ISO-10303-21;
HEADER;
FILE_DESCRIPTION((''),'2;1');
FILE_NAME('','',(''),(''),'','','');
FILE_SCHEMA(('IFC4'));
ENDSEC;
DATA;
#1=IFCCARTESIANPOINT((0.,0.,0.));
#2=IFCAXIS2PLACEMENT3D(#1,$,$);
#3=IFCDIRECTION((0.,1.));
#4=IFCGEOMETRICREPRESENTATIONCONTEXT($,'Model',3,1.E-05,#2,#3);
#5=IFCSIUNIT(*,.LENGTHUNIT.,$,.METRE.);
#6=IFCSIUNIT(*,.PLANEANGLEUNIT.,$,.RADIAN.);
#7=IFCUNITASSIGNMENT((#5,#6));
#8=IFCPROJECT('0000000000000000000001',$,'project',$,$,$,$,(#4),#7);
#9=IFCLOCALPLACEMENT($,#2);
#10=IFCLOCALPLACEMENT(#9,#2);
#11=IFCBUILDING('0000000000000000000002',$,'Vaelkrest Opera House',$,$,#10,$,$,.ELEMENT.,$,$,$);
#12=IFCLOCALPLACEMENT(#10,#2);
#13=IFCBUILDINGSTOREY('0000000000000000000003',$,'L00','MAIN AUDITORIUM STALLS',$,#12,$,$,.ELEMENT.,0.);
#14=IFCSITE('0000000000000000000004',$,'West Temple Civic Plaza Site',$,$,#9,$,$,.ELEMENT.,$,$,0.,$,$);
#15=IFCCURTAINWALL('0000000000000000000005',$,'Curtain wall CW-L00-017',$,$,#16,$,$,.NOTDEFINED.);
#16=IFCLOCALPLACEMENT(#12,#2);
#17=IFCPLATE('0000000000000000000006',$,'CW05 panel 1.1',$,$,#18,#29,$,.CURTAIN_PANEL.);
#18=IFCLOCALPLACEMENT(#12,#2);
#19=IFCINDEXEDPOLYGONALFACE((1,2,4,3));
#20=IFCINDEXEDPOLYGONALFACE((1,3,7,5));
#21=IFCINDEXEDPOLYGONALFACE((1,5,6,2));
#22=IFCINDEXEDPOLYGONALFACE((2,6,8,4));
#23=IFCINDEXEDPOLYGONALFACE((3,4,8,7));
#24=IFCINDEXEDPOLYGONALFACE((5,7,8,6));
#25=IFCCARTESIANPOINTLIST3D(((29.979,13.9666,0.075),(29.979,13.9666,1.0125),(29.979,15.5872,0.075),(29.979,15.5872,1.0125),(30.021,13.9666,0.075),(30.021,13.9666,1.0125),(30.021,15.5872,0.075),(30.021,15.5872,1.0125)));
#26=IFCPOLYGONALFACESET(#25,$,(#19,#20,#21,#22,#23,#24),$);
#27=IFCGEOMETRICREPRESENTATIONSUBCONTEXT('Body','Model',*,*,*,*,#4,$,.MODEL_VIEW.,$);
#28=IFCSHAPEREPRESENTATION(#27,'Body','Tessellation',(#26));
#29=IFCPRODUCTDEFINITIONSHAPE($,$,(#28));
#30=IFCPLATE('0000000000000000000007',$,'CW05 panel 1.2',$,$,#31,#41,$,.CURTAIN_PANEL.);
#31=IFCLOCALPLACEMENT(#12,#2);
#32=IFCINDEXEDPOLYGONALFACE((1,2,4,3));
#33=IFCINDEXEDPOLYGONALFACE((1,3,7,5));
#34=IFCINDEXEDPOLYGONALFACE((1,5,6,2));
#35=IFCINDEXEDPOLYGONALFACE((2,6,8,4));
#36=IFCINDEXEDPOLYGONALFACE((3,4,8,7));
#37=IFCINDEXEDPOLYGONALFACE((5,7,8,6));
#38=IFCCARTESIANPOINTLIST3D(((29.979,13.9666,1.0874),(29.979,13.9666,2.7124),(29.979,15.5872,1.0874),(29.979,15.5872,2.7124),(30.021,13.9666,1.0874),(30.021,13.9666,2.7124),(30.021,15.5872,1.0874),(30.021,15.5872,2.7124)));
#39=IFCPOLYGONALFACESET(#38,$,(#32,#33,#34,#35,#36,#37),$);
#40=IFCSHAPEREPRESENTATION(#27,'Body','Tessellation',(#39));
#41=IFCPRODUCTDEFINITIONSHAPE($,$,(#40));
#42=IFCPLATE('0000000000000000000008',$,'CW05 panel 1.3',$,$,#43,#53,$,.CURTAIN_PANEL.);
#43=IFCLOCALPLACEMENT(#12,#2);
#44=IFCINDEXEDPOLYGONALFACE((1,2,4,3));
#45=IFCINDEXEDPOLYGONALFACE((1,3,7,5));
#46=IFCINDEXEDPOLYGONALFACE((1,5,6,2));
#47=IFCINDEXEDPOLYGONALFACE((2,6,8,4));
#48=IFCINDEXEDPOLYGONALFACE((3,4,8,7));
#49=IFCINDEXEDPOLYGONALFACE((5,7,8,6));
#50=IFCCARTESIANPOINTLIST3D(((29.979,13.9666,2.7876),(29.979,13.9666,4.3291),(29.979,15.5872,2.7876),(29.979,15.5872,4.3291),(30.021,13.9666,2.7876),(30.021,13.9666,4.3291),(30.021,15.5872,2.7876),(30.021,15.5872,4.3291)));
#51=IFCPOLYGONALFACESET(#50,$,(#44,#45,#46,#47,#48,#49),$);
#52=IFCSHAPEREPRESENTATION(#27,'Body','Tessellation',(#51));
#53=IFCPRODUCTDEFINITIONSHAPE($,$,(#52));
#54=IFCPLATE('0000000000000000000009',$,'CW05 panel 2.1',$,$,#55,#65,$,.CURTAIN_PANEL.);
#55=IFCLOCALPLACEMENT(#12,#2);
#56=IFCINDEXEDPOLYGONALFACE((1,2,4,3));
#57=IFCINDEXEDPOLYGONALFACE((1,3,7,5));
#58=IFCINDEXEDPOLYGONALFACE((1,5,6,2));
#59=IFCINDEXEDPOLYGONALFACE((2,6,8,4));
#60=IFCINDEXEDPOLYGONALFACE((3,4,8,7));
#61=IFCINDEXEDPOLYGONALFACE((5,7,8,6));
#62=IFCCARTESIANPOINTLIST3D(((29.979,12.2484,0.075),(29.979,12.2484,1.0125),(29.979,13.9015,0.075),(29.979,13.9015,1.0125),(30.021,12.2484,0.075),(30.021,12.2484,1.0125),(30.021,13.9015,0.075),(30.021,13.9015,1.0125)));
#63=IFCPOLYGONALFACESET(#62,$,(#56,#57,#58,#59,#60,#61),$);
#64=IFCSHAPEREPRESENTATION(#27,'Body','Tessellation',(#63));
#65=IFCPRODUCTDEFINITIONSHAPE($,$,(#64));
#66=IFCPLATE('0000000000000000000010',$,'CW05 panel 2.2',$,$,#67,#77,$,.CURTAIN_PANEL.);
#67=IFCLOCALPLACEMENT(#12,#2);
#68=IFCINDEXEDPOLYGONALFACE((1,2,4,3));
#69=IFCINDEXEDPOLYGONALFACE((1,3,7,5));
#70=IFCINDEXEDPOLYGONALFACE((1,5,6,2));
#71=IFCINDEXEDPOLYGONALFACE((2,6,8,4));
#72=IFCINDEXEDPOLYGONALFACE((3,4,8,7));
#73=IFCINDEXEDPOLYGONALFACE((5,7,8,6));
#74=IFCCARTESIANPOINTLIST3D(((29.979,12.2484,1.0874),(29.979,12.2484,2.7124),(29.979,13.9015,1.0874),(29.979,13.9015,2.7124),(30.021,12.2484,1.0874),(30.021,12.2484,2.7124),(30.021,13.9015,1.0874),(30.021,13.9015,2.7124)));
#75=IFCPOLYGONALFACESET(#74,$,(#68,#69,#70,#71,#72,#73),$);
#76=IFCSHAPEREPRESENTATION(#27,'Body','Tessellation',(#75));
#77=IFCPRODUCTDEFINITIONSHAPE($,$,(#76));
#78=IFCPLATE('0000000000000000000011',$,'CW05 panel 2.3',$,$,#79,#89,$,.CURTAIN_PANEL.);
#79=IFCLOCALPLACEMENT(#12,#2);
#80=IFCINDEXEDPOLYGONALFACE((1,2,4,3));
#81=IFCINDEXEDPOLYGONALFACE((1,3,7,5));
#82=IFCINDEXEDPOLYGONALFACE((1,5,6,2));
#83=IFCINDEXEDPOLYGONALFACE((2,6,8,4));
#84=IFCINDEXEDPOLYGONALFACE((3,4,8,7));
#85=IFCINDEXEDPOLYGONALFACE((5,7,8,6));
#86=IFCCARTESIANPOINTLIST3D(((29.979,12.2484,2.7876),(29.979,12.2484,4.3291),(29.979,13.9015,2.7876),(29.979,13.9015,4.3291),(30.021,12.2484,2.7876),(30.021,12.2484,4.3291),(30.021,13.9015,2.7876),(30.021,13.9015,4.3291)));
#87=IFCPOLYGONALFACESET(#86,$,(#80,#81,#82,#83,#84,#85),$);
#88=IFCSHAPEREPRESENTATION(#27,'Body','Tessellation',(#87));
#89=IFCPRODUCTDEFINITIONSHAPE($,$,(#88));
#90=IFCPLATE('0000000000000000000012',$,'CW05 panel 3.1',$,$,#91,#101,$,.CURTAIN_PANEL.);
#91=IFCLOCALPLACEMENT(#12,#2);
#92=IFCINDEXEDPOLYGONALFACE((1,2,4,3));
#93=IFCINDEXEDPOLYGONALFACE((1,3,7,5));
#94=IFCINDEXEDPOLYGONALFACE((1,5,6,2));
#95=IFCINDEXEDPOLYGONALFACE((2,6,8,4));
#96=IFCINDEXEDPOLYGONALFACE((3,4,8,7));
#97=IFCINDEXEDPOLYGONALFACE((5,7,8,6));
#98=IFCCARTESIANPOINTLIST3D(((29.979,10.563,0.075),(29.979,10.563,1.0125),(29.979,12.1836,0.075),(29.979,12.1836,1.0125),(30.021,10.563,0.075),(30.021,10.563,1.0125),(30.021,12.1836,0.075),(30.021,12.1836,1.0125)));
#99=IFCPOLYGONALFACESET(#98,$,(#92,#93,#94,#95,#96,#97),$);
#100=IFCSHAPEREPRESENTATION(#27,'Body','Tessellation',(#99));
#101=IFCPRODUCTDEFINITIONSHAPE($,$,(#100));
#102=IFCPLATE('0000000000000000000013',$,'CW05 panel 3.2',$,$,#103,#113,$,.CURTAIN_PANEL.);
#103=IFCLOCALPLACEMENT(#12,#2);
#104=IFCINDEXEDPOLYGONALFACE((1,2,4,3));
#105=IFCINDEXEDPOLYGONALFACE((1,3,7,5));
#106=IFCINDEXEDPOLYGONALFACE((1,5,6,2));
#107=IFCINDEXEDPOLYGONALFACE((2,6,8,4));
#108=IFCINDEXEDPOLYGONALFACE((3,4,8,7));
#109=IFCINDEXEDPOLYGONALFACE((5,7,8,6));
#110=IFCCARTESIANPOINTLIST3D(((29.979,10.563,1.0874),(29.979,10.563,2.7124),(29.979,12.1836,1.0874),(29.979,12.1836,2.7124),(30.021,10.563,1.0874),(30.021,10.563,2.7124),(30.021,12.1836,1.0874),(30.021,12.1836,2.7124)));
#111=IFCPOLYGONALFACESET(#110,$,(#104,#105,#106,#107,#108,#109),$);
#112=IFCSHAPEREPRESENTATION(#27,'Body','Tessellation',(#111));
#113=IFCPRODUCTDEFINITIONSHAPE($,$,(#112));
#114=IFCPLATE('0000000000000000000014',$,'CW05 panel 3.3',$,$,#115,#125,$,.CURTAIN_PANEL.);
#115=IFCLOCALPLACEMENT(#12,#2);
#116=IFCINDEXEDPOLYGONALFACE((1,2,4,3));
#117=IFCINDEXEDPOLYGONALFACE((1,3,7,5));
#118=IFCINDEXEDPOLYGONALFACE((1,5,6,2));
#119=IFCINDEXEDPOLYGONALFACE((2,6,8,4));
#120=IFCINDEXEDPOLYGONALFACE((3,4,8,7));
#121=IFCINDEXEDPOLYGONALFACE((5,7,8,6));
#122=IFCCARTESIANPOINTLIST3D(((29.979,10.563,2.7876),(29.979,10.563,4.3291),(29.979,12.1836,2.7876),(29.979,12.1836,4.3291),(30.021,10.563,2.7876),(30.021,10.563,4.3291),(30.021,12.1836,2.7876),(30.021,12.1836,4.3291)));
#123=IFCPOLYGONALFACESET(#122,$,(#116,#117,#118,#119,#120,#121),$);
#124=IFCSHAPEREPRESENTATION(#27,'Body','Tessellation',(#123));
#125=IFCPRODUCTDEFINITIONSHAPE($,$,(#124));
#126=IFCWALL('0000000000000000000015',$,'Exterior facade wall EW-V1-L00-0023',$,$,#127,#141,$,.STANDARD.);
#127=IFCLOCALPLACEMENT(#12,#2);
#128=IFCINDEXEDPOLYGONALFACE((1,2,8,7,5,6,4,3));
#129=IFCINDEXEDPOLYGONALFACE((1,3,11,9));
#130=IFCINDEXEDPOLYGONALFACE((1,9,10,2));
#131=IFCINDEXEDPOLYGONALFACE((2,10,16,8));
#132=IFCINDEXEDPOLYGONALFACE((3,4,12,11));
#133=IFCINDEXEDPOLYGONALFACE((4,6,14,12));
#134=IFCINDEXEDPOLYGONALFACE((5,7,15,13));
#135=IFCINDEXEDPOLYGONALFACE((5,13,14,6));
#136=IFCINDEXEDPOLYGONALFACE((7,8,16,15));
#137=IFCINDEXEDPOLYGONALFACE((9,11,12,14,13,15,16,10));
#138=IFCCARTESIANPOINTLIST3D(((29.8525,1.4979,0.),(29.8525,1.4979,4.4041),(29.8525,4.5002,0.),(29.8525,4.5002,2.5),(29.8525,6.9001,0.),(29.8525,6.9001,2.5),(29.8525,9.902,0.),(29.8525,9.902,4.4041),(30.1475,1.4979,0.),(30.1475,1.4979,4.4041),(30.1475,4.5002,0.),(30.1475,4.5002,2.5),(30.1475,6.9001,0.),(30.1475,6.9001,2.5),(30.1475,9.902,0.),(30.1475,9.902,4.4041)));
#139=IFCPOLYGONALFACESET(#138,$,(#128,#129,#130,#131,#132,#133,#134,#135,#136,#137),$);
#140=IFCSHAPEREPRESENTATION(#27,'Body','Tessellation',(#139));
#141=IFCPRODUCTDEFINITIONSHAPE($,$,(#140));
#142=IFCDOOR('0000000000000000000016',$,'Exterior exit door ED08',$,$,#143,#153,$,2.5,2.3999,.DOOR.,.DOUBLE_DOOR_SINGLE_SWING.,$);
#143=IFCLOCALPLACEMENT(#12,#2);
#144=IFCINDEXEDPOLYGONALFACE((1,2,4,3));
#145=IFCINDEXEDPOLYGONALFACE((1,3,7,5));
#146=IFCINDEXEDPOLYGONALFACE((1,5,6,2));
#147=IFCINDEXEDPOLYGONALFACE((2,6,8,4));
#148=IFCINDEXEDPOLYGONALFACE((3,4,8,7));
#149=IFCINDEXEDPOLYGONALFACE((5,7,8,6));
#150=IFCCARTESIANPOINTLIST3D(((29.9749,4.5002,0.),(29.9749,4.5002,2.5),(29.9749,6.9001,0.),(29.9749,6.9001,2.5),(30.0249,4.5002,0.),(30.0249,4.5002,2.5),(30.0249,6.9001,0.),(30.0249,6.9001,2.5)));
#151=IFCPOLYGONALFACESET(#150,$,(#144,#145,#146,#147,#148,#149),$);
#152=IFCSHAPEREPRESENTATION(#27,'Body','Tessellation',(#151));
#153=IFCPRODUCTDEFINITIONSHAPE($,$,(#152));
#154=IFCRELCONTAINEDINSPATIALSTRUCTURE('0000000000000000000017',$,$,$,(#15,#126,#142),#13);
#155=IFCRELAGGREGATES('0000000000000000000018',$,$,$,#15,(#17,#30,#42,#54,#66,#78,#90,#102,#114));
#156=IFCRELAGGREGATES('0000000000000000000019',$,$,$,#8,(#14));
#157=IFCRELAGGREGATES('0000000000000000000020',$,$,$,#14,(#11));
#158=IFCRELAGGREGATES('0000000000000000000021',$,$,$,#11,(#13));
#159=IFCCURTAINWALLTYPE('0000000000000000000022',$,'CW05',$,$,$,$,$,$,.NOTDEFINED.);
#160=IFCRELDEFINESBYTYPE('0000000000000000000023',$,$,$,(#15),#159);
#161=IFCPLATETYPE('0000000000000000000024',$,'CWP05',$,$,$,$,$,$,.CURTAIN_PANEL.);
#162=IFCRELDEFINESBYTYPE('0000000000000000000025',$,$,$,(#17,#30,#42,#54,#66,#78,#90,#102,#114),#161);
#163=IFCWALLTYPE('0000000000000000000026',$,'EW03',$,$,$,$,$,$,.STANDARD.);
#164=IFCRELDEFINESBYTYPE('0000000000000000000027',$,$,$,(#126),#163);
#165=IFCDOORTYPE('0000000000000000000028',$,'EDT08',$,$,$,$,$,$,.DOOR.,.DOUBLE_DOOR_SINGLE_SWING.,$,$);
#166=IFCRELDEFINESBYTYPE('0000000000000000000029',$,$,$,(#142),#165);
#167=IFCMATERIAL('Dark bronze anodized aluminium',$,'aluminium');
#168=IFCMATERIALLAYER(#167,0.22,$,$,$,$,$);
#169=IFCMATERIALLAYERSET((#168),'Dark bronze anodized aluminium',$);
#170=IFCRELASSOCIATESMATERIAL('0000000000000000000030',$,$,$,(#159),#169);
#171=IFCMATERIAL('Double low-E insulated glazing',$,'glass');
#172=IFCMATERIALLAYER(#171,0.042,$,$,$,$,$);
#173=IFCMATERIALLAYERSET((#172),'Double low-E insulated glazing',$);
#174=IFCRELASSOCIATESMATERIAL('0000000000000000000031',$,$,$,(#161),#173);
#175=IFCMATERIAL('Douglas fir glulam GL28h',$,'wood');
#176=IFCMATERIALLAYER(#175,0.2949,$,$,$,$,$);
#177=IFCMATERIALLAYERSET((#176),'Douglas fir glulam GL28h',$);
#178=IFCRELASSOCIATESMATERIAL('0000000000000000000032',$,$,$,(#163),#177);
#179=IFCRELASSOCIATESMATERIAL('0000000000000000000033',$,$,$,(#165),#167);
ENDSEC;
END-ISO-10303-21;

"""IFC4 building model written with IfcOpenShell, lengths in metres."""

from ifc_helpers import new_model, si_unit, direction, frame, frame_2d, origin, origin_2d, place, context, subcontext, project, spatial, rectangle, extrude, material, layer, layer_set, type_object, element, fill, aggregate, save


model = new_model("IFC4")

# Units and contexts
model_context = context("Model", 3, precision=1e-05, world=origin(), true_north=direction((0.0, 1.0)))
body_context = subcontext(model_context, "Body", "Model", "MODEL_VIEW")
ifc_project = project(units=[si_unit("LENGTHUNIT", "METRE"), si_unit("PLANEANGLEUNIT", "RADIAN")], contexts=[model_context])

# Site, building, storey
site_placement = place(None, origin())
site = spatial("IfcSite", under=ifc_project, at=site_placement, Name="West Temple Civic Plaza Site", CompositionType="ELEMENT", RefElevation=0.0)
building_placement = place(site_placement, origin())
building = spatial("IfcBuilding", under=site, at=building_placement, Name="Vaelkrest Opera House", CompositionType="ELEMENT")
storey_placement = place(building_placement, origin())
storey = spatial("IfcBuildingStorey", under=building, at=storey_placement, Name="L00", Description="MAIN AUDITORIUM STALLS", CompositionType="ELEMENT", Elevation=0.0)

# Curtain wall
ifc_material_1 = material(Name="Dark bronze anodized aluminium", Category="aluminium")
ifc_layer_1 = layer(ifc_material_1, 0.22)
ifc_layer_set_1 = layer_set([ifc_layer_1], Name="Dark bronze anodized aluminium")
curtain_wall_type = type_object("IfcCurtainWallType", Name="CW05", PredefinedType="NOTDEFINED", material=ifc_layer_set_1)
curtain_wall_placement = place(storey_placement, origin())
curtain_wall = element("IfcCurtainWall", 1, at=curtain_wall_placement, inside=storey, type_object=curtain_wall_type, Name="Curtain wall CW-L00-017", PredefinedType="NOTDEFINED")

# Plates
ifc_material_2 = material(Name="Double low-E insulated glazing", Category="glass")
ifc_layer_2 = layer(ifc_material_2, 0.042)
ifc_layer_set_2 = layer_set([ifc_layer_2], Name="Double low-E insulated glazing")
plate_type = type_object("IfcPlateType", Name="CWP05", PredefinedType="CURTAIN_PANEL", material=ifc_layer_set_2)
plate_1_placement = place(storey_placement, frame((30.0, 14.7769, 0.075), z_axis=(0.0, 0.0, 1.0), x_axis=(0.0, -1.0, 0.0)))
plate_1 = element("IfcPlate", 2, at=plate_1_placement, type_object=plate_type, Name="CW05 panel 1.1", PredefinedType="CURTAIN_PANEL", context=body_context, shape_type="SweptSolid", body=[
    extrude(rectangle(XDim=1.6206, YDim=0.042, at=origin_2d()), origin(), (0.0, 0.0, 1.0), 0.9375),
])
plate_2_placement = place(storey_placement, frame((30.0, 14.7769, 1.0874), z_axis=(0.0, 0.0, 1.0), x_axis=(0.0, -1.0, 0.0)))
plate_2 = element("IfcPlate", 3, at=plate_2_placement, type_object=plate_type, Name="CW05 panel 1.2", PredefinedType="CURTAIN_PANEL", context=body_context, shape_type="SweptSolid", body=[
    extrude(rectangle(XDim=1.6206, YDim=0.042, at=origin_2d()), origin(), (0.0, 0.0, 1.0), 1.625),
])
plate_3_placement = place(storey_placement, frame((30.0, 14.7769, 2.7876), z_axis=(0.0, 0.0, 1.0), x_axis=(0.0, -1.0, 0.0)))
plate_3 = element("IfcPlate", 4, at=plate_3_placement, type_object=plate_type, Name="CW05 panel 1.3", PredefinedType="CURTAIN_PANEL", context=body_context, shape_type="SweptSolid", body=[
    extrude(rectangle(XDim=1.6206, YDim=0.042, at=origin_2d()), origin(), (0.0, 0.0, 1.0), 1.5415),
])
plate_4_placement = place(storey_placement, frame((30.0, 13.075, 0.075), z_axis=(0.0, 0.0, 1.0), x_axis=(0.0, -1.0, 0.0)))
plate_4 = element("IfcPlate", 5, at=plate_4_placement, type_object=plate_type, Name="CW05 panel 2.1", PredefinedType="CURTAIN_PANEL", context=body_context, shape_type="SweptSolid", body=[
    extrude(rectangle(XDim=1.6531, YDim=0.042, at=origin_2d()), origin(), (0.0, 0.0, 1.0), 0.9375),
])
plate_5_placement = place(storey_placement, frame((30.0, 13.075, 1.0874), z_axis=(0.0, 0.0, 1.0), x_axis=(0.0, -1.0, 0.0)))
plate_5 = element("IfcPlate", 6, at=plate_5_placement, type_object=plate_type, Name="CW05 panel 2.2", PredefinedType="CURTAIN_PANEL", context=body_context, shape_type="SweptSolid", body=[
    extrude(rectangle(XDim=1.6531, YDim=0.042, at=origin_2d()), origin(), (0.0, 0.0, 1.0), 1.625),
])
plate_6_placement = place(storey_placement, frame((30.0, 13.075, 2.7876), z_axis=(0.0, 0.0, 1.0), x_axis=(0.0, -1.0, 0.0)))
plate_6 = element("IfcPlate", 7, at=plate_6_placement, type_object=plate_type, Name="CW05 panel 2.3", PredefinedType="CURTAIN_PANEL", context=body_context, shape_type="SweptSolid", body=[
    extrude(rectangle(XDim=1.6531, YDim=0.042, at=origin_2d()), origin(), (0.0, 0.0, 1.0), 1.5415),
])
plate_7_placement = place(storey_placement, frame((30.0, 11.3733, 0.075), z_axis=(0.0, 0.0, 1.0), x_axis=(0.0, -1.0, 0.0)))
plate_7 = element("IfcPlate", 8, at=plate_7_placement, type_object=plate_type, Name="CW05 panel 3.1", PredefinedType="CURTAIN_PANEL", context=body_context, shape_type="SweptSolid", body=[
    extrude(rectangle(XDim=1.6206, YDim=0.042, at=origin_2d()), origin(), (0.0, 0.0, 1.0), 0.9375),
])
plate_8_placement = place(storey_placement, frame((30.0, 11.3733, 1.0874), z_axis=(0.0, 0.0, 1.0), x_axis=(0.0, -1.0, 0.0)))
plate_8 = element("IfcPlate", 9, at=plate_8_placement, type_object=plate_type, Name="CW05 panel 3.2", PredefinedType="CURTAIN_PANEL", context=body_context, shape_type="SweptSolid", body=[
    extrude(rectangle(XDim=1.6206, YDim=0.042, at=origin_2d()), origin(), (0.0, 0.0, 1.0), 1.625),
])
plate_9_placement = place(storey_placement, frame((30.0, 11.3733, 2.7876), z_axis=(0.0, 0.0, 1.0), x_axis=(0.0, -1.0, 0.0)))
plate_9 = element("IfcPlate", 10, at=plate_9_placement, type_object=plate_type, Name="CW05 panel 3.3", PredefinedType="CURTAIN_PANEL", context=body_context, shape_type="SweptSolid", body=[
    extrude(rectangle(XDim=1.6206, YDim=0.042, at=origin_2d()), origin(), (0.0, 0.0, 1.0), 1.5415),
])
aggregate(curtain_wall, [plate_1, plate_2, plate_3, plate_4, plate_5, plate_6, plate_7, plate_8, plate_9])

# Wall, opening, door
ifc_material_3 = material(Name="Douglas fir glulam GL28h", Category="wood")
ifc_layer_3 = layer(ifc_material_3, 0.2949)
ifc_layer_set_3 = layer_set([ifc_layer_3], Name="Douglas fir glulam GL28h")
wall_type_1 = type_object("IfcWallType", Name="EW03", PredefinedType="STANDARD", material=ifc_layer_set_3)
wall_1_placement = place(storey_placement, frame((30.0, 9.9021, 0.0), z_axis=(0.0, 0.0, 1.0), x_axis=(0.0, -1.0, 0.0)))
wall_1 = element("IfcWall", 11, at=wall_1_placement, inside=storey, type_object=wall_type_1, Name="Exterior facade wall EW-V1-L00-0023", PredefinedType="STANDARD", context=body_context, shape_type="SweptSolid", body=[
    extrude(rectangle(XDim=8.4041, YDim=0.2949, at=frame_2d((4.2021, 0.0))), origin(), (0.0, 0.0, 1.0), 4.4041),
])
opening_1_placement = place(wall_1_placement, frame((3.002, 0.0, 0.0)))
opening_1 = element("IfcOpeningElement", 12, at=opening_1_placement, cuts=wall_1, PredefinedType="OPENING", context=body_context, shape_type="SweptSolid", body=[
    extrude(rectangle(XDim=2.3999, YDim=2.5, at=frame_2d((1.2, 1.25))), frame((0.0, 0.1575, 0.0), z_axis=(0.0, -1.0, 0.0), x_axis=(1.0, 0.0, 0.0)), (0.0, 0.0, 1.0), 0.3149),
])
door_type_1 = type_object("IfcDoorType", Name="EDT08", OperationType="DOUBLE_DOOR_SINGLE_SWING", PredefinedType="DOOR", material=ifc_material_1)
door_1_placement = place(opening_1_placement, origin())
door_1 = element("IfcDoor", 13, at=door_1_placement, inside=storey, type_object=door_type_1, Name="Exterior exit door ED08", OperationType="DOUBLE_DOOR_SINGLE_SWING", OverallHeight=2.5, OverallWidth=2.3999, PredefinedType="DOOR", context=body_context, shape_type="SweptSolid", body=[
    extrude(rectangle(XDim=2.3999, YDim=2.5, at=frame_2d((1.2, 1.25))), frame((0.0, 0.0249, 0.0), z_axis=(0.0, -1.0, 0.0), x_axis=(1.0, 0.0, 0.0)), (0.0, 0.0, 1.0), 0.05),
])
fill(opening_1, door_1)

save(model, "model.ifc")
